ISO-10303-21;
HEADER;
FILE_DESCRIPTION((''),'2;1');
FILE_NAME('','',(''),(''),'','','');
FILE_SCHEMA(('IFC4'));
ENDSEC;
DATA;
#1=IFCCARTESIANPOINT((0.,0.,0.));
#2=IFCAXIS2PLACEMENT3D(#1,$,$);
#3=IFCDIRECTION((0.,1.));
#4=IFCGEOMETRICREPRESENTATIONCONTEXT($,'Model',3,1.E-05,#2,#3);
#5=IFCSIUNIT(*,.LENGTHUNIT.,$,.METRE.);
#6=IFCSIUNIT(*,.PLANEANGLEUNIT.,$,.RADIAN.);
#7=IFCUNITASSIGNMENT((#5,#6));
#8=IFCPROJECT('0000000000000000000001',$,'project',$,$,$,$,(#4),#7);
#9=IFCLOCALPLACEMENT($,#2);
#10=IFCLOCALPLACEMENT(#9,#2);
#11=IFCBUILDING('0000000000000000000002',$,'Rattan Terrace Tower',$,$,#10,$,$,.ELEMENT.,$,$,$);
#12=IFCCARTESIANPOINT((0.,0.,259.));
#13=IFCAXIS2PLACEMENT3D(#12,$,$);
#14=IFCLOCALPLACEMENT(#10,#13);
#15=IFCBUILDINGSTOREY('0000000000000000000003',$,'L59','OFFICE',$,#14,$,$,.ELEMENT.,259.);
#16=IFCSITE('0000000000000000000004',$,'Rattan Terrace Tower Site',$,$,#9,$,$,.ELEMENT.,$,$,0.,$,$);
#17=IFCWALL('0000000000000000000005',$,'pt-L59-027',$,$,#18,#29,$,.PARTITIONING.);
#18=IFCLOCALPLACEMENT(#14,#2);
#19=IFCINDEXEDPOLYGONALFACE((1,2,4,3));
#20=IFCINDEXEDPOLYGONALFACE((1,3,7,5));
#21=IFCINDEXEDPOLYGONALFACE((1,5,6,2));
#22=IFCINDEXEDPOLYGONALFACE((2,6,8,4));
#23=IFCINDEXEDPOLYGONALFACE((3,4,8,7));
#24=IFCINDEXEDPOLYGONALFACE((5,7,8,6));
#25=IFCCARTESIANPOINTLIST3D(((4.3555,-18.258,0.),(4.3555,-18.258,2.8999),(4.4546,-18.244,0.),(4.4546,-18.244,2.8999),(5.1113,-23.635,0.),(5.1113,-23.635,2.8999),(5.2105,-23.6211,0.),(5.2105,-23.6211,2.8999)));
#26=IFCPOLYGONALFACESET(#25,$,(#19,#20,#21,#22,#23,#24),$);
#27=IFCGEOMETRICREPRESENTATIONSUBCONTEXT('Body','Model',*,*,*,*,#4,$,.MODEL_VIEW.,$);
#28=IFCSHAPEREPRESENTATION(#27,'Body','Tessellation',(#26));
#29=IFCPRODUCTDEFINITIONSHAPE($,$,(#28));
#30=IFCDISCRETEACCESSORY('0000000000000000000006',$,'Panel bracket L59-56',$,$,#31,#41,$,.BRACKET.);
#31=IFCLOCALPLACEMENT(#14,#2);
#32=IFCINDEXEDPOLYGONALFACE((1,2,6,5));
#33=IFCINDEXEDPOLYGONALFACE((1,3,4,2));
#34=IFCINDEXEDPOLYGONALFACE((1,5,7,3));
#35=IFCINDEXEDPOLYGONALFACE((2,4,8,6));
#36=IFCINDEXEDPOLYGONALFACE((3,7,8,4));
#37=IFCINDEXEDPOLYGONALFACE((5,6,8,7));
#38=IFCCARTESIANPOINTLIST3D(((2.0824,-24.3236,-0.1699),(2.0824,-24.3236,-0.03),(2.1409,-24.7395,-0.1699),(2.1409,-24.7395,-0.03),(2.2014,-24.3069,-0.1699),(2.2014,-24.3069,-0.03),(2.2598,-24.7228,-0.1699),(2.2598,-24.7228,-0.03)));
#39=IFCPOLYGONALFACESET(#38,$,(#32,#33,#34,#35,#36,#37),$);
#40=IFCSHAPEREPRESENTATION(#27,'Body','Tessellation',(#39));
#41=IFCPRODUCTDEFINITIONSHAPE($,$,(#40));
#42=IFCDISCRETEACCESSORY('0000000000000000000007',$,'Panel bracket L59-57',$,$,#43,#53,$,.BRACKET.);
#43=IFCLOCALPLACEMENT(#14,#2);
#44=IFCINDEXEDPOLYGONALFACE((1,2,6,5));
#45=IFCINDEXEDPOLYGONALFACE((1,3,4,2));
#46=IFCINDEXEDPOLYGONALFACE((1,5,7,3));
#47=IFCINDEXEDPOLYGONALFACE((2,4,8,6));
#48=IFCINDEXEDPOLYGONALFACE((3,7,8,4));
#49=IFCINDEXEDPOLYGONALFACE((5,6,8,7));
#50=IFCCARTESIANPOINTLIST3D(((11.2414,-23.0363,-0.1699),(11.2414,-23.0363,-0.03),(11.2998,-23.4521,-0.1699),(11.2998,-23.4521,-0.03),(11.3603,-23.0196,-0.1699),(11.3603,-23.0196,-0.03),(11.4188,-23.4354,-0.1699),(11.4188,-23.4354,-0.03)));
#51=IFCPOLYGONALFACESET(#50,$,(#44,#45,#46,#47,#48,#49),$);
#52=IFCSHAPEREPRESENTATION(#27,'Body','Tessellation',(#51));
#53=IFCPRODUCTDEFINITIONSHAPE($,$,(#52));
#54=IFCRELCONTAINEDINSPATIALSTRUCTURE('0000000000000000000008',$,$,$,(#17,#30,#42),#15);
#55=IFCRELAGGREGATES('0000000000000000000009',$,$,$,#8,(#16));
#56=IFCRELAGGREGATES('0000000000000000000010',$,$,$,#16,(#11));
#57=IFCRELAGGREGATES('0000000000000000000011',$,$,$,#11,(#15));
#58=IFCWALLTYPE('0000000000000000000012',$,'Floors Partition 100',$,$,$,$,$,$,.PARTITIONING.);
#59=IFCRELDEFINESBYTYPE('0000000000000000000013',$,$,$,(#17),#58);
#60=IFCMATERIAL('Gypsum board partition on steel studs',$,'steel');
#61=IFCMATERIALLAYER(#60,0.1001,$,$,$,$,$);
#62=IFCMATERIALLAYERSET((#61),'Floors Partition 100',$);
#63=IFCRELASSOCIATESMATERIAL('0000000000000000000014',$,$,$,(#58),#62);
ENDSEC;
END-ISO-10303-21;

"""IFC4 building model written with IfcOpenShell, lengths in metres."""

from ifc_helpers import new_model, si_unit, direction, frame, frame_2d, origin, origin_2d, place, context, subcontext, project, spatial, rectangle, extrude, material, layer, layer_set, type_object, element, save


model = new_model("IFC4")

# Units and contexts
model_context = context("Model", 3, precision=1e-05, world=origin(), true_north=direction((0.0, 1.0)))
body_context = subcontext(model_context, "Body", "Model", "MODEL_VIEW")
ifc_project = project(units=[si_unit("LENGTHUNIT", "METRE"), si_unit("PLANEANGLEUNIT", "RADIAN")], contexts=[model_context])

# Site, building, storey
site_placement = place(None, origin())
site = spatial("IfcSite", under=ifc_project, at=site_placement, Name="Rattan Terrace Tower Site", CompositionType="ELEMENT", RefElevation=0.0)
building_placement = place(site_placement, origin())
building = spatial("IfcBuilding", under=site, at=building_placement, Name="Rattan Terrace Tower", CompositionType="ELEMENT")
storey_placement = place(building_placement, frame((0.0, 0.0, 259.0)))
storey = spatial("IfcBuildingStorey", under=building, at=storey_placement, Name="L59", Description="OFFICE", CompositionType="ELEMENT", Elevation=259.0)

# Shared definitions
ifc_material_1 = material(Name="Gypsum board partition on steel studs", Category="steel")
ifc_layer_1 = layer(ifc_material_1, 0.1001)
ifc_layer_set_1 = layer_set([ifc_layer_1], Name="Floors Partition 100")
wall_type = type_object("IfcWallType", Name="Floors Partition 100", PredefinedType="PARTITIONING", material=ifc_layer_set_1)

# Wall
wall_1_placement = place(storey_placement, frame((5.1609, -23.6279, 0.0), z_axis=(0.0, 0.0, 1.0), x_axis=(-0.139205, 0.990264, 0.0)))
element("IfcWall", 1, at=wall_1_placement, inside=storey, type_object=wall_type, Name="pt-L59-027", PredefinedType="PARTITIONING", context=body_context, shape_type="SweptSolid", body=[
    extrude(rectangle(XDim=5.4299, YDim=0.1001, at=frame_2d((2.7148, 0.0))), origin(), (0.0, 0.0, 1.0), 2.8999),
])

# Discrete accessories
for number, where, z_axis, x_axis, name in (
    (2, (2.1711, -24.5232, -0.1699), (0.0, 0.0, 1.0), (0.990266, 0.139189, 0.0), "Panel bracket L59-56"),
    (3, (11.3301, -23.2358, -0.1699), (0.0, 0.0, 1.0), (0.990266, 0.139189, 0.0), "Panel bracket L59-57"),
):
    element("IfcDiscreteAccessory", number, at=place(storey_placement, frame(where, z_axis=z_axis, x_axis=x_axis)), inside=storey, Name=name, PredefinedType="BRACKET", context=body_context, shape_type="SweptSolid", body=[
        extrude(rectangle(XDim=0.1201, YDim=0.4199, at=origin_2d()), origin(), (0.0, 0.0, 1.0), 0.1399),
    ])

save(model, "model.ifc")
